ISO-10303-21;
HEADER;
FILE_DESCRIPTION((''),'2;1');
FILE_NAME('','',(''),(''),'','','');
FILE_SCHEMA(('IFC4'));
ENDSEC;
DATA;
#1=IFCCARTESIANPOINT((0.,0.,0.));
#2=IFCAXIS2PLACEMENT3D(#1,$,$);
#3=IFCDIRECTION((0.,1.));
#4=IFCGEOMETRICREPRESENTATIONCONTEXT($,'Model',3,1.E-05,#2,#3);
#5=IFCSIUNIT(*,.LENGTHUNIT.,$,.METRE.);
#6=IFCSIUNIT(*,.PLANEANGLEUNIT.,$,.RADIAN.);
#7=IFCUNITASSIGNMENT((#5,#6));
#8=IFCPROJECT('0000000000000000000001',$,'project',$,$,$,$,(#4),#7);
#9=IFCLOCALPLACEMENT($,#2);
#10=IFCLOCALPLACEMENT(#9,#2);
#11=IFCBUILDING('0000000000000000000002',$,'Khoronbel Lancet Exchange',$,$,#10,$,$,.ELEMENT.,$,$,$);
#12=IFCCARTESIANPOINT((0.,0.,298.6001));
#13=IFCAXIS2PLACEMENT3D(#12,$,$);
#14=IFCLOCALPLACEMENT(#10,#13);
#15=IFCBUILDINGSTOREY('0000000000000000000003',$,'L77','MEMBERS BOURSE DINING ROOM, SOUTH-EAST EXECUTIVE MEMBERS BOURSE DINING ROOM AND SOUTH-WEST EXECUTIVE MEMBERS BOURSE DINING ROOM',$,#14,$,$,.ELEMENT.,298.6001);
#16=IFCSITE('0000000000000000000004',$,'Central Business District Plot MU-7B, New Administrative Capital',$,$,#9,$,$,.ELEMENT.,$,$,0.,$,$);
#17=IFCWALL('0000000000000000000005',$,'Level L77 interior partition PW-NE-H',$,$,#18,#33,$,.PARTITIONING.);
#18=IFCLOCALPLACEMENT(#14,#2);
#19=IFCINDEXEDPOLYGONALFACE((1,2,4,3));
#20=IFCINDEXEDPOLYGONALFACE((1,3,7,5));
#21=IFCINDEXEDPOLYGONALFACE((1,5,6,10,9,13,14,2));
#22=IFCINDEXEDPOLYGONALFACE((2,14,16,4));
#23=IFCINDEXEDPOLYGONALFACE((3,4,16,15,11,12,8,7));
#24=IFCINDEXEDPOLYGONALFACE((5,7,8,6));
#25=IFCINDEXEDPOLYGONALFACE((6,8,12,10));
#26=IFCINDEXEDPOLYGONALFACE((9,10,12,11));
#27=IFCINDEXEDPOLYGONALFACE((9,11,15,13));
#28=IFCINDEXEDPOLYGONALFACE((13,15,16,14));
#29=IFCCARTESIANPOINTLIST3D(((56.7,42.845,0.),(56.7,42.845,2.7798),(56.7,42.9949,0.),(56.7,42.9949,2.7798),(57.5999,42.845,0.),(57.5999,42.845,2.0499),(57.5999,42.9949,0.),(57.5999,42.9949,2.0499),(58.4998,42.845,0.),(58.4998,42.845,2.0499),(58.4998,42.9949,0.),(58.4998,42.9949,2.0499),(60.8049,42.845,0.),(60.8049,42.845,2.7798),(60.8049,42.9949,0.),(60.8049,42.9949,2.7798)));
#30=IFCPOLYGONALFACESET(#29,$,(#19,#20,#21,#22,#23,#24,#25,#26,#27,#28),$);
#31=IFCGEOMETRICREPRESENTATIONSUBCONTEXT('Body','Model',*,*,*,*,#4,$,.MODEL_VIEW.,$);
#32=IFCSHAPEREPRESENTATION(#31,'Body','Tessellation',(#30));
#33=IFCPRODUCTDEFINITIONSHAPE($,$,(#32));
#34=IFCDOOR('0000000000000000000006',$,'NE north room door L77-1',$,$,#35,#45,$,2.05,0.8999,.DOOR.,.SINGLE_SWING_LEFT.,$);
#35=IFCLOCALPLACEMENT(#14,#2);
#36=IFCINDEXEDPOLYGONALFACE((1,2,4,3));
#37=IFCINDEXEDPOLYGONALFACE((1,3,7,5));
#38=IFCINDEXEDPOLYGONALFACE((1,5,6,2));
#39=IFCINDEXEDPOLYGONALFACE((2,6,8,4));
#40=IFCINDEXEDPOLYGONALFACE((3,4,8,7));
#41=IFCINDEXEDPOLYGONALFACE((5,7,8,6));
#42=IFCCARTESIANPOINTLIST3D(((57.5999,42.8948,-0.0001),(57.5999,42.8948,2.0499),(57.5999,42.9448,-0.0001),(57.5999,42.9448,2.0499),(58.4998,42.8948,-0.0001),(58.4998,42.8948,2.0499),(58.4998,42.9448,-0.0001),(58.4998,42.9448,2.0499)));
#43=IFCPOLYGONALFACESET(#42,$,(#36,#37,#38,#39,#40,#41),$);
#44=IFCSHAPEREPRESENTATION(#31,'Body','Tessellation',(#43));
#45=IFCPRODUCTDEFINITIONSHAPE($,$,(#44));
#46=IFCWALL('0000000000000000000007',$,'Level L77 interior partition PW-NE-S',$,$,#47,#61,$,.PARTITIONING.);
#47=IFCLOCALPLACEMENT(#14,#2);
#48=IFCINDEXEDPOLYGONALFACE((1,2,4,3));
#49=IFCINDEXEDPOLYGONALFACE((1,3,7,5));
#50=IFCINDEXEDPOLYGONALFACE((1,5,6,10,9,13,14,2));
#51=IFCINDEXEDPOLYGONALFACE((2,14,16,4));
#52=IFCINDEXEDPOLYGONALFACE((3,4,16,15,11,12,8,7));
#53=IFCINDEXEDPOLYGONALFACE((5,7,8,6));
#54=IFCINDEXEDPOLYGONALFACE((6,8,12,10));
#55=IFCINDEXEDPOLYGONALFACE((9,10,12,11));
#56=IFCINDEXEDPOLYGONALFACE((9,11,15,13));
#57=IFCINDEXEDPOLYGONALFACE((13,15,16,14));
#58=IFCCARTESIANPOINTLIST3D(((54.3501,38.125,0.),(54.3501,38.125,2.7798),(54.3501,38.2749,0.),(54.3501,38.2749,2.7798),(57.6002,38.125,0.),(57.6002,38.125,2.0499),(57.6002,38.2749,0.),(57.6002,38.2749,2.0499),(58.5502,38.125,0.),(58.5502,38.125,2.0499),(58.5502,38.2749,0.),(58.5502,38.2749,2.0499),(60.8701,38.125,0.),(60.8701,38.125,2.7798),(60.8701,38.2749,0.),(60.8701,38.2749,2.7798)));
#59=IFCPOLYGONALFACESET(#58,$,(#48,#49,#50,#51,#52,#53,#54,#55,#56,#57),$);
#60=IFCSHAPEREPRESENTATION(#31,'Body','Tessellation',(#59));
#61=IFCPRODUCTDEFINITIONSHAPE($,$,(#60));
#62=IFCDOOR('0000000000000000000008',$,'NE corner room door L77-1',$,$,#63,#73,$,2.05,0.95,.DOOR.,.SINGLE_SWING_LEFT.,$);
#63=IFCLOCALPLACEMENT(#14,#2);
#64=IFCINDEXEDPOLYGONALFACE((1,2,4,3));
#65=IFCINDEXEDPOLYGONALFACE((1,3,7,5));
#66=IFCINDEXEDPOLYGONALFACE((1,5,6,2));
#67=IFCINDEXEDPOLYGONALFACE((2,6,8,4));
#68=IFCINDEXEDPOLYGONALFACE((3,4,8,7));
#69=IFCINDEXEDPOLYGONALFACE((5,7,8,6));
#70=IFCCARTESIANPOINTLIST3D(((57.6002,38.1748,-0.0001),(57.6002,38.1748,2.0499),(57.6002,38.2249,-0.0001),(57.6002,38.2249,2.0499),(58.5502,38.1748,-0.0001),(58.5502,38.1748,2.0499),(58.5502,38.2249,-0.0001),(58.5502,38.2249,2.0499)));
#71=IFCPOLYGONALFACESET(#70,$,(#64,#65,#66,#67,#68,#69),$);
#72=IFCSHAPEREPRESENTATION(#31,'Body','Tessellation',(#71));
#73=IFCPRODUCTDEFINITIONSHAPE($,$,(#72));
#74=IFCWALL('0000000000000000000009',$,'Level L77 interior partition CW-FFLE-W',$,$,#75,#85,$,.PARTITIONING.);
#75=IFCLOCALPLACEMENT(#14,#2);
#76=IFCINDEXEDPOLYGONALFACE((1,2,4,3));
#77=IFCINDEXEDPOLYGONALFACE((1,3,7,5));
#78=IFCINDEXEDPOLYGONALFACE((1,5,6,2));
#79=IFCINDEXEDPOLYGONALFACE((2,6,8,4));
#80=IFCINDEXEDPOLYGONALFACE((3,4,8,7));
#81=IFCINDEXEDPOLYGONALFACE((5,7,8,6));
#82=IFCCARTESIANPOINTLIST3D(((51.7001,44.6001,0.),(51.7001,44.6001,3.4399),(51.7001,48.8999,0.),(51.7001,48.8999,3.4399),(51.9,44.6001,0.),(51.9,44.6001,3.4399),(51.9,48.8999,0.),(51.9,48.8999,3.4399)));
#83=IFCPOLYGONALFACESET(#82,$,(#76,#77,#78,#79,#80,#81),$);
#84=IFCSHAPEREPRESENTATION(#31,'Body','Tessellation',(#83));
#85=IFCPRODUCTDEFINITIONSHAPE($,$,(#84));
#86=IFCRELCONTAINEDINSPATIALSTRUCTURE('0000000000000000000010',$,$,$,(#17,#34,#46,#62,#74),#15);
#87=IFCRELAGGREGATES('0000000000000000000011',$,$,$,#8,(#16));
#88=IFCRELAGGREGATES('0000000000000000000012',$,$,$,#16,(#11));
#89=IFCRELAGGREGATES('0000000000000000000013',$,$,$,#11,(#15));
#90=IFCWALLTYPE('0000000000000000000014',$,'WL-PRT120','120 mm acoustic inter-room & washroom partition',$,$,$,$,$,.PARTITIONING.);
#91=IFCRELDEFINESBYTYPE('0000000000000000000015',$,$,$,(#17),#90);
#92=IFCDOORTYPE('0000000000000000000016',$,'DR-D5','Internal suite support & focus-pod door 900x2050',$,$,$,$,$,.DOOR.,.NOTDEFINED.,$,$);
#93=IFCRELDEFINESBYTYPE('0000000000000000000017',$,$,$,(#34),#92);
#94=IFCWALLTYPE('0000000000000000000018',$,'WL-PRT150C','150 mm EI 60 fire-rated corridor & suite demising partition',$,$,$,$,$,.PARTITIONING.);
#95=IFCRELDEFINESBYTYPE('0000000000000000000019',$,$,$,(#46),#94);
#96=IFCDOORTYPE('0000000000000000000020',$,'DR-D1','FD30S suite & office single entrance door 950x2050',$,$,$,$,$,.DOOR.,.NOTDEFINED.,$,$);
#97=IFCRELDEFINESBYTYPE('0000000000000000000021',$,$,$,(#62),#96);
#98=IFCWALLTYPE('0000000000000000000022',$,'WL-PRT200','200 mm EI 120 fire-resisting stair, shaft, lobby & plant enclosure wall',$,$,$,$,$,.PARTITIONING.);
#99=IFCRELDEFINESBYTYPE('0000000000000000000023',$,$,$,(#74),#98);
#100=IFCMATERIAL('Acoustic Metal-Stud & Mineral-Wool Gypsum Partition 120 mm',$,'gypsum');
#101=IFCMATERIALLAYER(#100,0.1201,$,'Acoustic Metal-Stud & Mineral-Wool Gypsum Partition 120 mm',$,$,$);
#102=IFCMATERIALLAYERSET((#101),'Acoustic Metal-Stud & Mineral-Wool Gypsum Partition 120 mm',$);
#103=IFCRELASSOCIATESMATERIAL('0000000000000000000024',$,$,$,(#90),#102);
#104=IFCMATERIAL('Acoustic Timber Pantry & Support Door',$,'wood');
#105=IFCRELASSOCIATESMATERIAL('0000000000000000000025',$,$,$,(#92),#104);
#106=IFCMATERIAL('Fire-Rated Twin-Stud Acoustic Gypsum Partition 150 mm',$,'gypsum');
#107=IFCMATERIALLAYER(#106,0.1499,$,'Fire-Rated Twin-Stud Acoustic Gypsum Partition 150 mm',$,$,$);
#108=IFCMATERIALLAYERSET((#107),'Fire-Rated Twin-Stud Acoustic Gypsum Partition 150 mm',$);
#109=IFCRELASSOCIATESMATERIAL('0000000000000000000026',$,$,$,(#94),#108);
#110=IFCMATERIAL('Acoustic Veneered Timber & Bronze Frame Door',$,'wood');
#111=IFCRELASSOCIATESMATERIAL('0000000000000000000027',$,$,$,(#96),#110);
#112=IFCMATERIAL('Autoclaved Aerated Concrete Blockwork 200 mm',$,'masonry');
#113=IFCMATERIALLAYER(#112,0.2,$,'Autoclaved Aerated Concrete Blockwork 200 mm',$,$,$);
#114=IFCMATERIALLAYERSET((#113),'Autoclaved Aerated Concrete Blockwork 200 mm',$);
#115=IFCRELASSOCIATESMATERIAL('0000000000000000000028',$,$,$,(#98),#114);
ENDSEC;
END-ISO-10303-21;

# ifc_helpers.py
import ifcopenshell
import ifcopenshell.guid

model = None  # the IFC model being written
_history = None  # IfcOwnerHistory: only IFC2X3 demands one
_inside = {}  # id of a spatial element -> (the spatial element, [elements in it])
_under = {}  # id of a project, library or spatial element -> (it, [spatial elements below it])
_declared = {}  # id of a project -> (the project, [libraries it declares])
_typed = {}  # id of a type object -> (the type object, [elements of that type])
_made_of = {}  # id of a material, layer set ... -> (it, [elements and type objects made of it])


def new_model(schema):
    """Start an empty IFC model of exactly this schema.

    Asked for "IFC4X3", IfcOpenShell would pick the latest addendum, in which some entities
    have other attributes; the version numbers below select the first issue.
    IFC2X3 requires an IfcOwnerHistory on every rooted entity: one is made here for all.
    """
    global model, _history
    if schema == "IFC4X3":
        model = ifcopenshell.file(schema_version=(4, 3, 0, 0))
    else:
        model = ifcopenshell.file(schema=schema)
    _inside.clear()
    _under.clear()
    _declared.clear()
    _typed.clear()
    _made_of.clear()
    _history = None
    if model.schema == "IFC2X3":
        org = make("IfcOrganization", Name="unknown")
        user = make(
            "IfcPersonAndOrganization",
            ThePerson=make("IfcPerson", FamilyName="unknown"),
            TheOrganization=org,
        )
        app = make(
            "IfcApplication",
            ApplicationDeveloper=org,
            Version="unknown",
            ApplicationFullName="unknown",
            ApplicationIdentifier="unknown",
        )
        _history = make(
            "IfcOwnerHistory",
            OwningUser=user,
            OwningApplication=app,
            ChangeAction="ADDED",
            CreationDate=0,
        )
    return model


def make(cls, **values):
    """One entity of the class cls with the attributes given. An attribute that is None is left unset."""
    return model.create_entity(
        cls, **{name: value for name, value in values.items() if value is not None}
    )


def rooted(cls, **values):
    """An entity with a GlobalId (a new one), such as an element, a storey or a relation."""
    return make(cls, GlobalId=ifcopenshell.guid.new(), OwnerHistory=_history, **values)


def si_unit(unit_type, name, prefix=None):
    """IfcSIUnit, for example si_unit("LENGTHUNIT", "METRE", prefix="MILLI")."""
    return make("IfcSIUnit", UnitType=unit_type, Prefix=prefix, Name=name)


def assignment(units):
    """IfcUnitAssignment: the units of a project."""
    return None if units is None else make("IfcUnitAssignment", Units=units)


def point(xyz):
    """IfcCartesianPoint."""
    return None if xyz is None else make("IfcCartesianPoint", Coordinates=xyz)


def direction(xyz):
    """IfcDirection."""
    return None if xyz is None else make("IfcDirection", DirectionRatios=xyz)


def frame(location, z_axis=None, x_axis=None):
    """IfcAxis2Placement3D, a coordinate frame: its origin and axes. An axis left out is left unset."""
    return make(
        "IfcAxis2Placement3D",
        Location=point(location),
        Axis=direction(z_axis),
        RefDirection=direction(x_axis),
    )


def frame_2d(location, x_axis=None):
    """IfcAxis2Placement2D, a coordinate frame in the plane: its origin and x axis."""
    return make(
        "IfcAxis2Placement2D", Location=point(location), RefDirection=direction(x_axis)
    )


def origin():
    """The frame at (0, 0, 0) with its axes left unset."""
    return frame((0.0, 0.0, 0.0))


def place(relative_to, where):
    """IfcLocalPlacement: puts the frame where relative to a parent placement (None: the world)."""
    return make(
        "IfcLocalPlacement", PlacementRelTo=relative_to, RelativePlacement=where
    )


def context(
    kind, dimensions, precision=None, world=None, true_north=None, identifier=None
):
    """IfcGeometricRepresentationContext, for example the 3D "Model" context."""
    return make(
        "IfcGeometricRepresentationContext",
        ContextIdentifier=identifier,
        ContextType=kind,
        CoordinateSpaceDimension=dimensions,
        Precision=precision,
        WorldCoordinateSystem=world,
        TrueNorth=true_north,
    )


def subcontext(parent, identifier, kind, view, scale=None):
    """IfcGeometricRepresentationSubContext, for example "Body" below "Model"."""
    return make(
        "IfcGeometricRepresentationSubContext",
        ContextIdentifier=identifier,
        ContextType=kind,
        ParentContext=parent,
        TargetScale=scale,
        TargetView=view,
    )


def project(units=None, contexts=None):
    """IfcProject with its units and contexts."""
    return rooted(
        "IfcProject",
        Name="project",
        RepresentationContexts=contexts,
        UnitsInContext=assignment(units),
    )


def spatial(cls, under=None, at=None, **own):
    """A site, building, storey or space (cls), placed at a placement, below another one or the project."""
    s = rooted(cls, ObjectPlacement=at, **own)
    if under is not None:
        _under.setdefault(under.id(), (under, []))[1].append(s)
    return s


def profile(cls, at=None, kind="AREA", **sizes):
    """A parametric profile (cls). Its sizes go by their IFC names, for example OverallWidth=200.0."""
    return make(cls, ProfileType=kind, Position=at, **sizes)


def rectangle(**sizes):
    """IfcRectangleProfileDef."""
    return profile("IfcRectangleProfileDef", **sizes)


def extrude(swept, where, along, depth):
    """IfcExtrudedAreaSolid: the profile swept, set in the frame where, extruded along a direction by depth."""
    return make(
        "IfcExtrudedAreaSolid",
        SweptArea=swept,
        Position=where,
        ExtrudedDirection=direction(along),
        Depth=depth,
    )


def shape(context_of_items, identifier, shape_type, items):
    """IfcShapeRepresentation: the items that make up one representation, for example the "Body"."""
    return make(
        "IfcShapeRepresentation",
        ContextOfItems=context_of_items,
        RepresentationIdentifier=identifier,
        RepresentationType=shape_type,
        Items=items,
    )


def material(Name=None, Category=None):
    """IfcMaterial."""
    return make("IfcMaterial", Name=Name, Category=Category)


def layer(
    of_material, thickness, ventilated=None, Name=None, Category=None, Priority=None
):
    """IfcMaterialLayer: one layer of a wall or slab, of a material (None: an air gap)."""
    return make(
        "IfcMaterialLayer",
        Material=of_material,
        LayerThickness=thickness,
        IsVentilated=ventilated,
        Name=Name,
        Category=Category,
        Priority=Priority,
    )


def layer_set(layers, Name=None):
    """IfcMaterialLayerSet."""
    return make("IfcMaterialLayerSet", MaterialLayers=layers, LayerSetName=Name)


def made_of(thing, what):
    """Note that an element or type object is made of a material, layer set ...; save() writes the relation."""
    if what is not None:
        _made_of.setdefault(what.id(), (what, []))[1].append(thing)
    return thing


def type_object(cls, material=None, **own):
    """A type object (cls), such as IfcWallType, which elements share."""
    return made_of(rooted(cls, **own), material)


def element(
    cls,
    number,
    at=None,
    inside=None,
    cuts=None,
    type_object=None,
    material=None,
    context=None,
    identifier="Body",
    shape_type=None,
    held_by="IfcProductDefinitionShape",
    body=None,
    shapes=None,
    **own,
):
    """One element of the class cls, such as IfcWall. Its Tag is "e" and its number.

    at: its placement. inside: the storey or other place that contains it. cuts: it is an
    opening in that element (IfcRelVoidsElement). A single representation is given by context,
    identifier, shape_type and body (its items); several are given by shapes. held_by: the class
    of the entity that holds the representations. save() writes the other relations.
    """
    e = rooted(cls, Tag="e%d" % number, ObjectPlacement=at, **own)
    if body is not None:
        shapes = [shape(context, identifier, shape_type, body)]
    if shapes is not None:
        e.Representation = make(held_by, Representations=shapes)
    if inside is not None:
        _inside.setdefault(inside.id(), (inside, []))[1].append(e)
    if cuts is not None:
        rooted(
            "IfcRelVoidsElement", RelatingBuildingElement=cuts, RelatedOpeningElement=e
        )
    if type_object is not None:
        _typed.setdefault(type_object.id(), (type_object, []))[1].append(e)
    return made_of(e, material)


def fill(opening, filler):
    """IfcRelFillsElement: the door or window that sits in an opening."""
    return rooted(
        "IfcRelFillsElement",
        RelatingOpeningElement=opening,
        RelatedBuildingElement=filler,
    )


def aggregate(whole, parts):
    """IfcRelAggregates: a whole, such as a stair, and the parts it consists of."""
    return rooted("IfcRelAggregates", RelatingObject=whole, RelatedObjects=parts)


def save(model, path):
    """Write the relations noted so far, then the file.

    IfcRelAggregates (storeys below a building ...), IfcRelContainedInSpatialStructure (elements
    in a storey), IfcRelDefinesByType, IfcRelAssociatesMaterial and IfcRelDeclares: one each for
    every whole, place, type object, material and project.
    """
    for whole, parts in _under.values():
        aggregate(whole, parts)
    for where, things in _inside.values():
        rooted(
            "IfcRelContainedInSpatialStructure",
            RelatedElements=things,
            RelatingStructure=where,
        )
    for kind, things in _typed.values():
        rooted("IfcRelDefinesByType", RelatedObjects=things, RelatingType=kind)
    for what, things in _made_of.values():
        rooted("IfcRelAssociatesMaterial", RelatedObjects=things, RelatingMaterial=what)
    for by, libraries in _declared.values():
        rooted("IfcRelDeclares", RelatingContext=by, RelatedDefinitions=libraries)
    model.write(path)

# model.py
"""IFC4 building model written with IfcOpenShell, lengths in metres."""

from ifc_helpers import new_model, si_unit, direction, frame, frame_2d, origin, place, context, subcontext, project, spatial, rectangle, extrude, material, layer, layer_set, type_object, element, fill, save


model = new_model("IFC4")

# Units and contexts
model_context = context("Model", 3, precision=1e-05, world=origin(), true_north=direction((0.0, 1.0)))
body_context = subcontext(model_context, "Body", "Model", "MODEL_VIEW")
ifc_project = project(units=[si_unit("LENGTHUNIT", "METRE"), si_unit("PLANEANGLEUNIT", "RADIAN")], contexts=[model_context])

# Site, building, storey
site_placement = place(None, origin())
site = spatial("IfcSite", under=ifc_project, at=site_placement, Name="Central Business District Plot MU-7B, New Administrative Capital", CompositionType="ELEMENT", RefElevation=0.0)
building_placement = place(site_placement, origin())
building = spatial("IfcBuilding", under=site, at=building_placement, Name="Khoronbel Lancet Exchange", CompositionType="ELEMENT")
storey_placement = place(building_placement, frame((0.0, 0.0, 298.6001)))
storey = spatial("IfcBuildingStorey", under=building, at=storey_placement, Name="L77", Description="MEMBERS BOURSE DINING ROOM, SOUTH-EAST EXECUTIVE MEMBERS BOURSE DINING ROOM AND SOUTH-WEST EXECUTIVE MEMBERS BOURSE DINING ROOM", CompositionType="ELEMENT", Elevation=298.6001)

# Shared definitions
ifc_material_1 = material(Name="Acoustic Metal-Stud & Mineral-Wool Gypsum Partition 120 mm", Category="gypsum")
ifc_layer_1 = layer(ifc_material_1, 0.1201, Name="Acoustic Metal-Stud & Mineral-Wool Gypsum Partition 120 mm")
ifc_layer_set_1 = layer_set([ifc_layer_1], Name="Acoustic Metal-Stud & Mineral-Wool Gypsum Partition 120 mm")
wall_type_1 = type_object("IfcWallType", Name="WL-PRT120", Description="120 mm acoustic inter-room & washroom partition", PredefinedType="PARTITIONING", material=ifc_layer_set_1)

# Walls, openings, doors
wall_1_placement = place(storey_placement, frame((56.7, 42.9199, 0.0), z_axis=(0.0, 0.0, 1.0), x_axis=(1.0, 0.0, 0.0)))
wall_1 = element("IfcWall", 1, at=wall_1_placement, inside=storey, type_object=wall_type_1, Name="Level L77 interior partition PW-NE-H", PredefinedType="PARTITIONING", context=body_context, shape_type="SweptSolid", body=[
    extrude(rectangle(XDim=4.105, YDim=0.1499, at=frame_2d((2.0525, 0.0))), origin(), (0.0, 0.0, 1.0), 2.7798),
])
opening_1_placement = place(wall_1_placement, frame((0.8999, 0.0, 0.0)))
opening_1 = element("IfcOpeningElement", 2, at=opening_1_placement, cuts=wall_1, PredefinedType="OPENING", context=body_context, shape_type="SweptSolid", body=[
    extrude(rectangle(XDim=0.8999, YDim=2.05, at=frame_2d((0.45, 1.0249))), frame((0.0, 0.085, 0.0), z_axis=(0.0, -1.0, 0.0), x_axis=(1.0, 0.0, 0.0)), (0.0, 0.0, 1.0), 0.1699),
])
ifc_material_2 = material(Name="Acoustic Timber Pantry & Support Door", Category="wood")
door_type_1 = type_object("IfcDoorType", Name="DR-D5", Description="Internal suite support & focus-pod door 900x2050", OperationType="NOTDEFINED", PredefinedType="DOOR", material=ifc_material_2)
door_1_placement = place(opening_1_placement, origin())
door_1 = element("IfcDoor", 3, at=door_1_placement, inside=storey, type_object=door_type_1, Name="NE north room door L77-1", OperationType="SINGLE_SWING_LEFT", OverallHeight=2.05, OverallWidth=0.8999, PredefinedType="DOOR", context=body_context, shape_type="SweptSolid", body=[
    extrude(rectangle(XDim=0.8999, YDim=2.05, at=frame_2d((0.45, 1.0249))), frame((0.0, 0.0249, 0.0), z_axis=(0.0, -1.0, 0.0), x_axis=(1.0, 0.0, 0.0)), (0.0, 0.0, 1.0), 0.05),
])
fill(opening_1, door_1)
ifc_material_3 = material(Name="Fire-Rated Twin-Stud Acoustic Gypsum Partition 150 mm", Category="gypsum")
ifc_layer_2 = layer(ifc_material_3, 0.1499, Name="Fire-Rated Twin-Stud Acoustic Gypsum Partition 150 mm")
ifc_layer_set_2 = layer_set([ifc_layer_2], Name="Fire-Rated Twin-Stud Acoustic Gypsum Partition 150 mm")
wall_type_2 = type_object("IfcWallType", Name="WL-PRT150C", Description="150 mm EI 60 fire-rated corridor & suite demising partition", PredefinedType="PARTITIONING", material=ifc_layer_set_2)
wall_2_placement = place(storey_placement, frame((54.3501, 38.2, 0.0), z_axis=(0.0, 0.0, 1.0), x_axis=(1.0, 0.0, 0.0)))
wall_2 = element("IfcWall", 4, at=wall_2_placement, inside=storey, type_object=wall_type_2, Name="Level L77 interior partition PW-NE-S", PredefinedType="PARTITIONING", context=body_context, shape_type="SweptSolid", body=[
    extrude(rectangle(XDim=6.52, YDim=0.1499, at=frame_2d((3.26, 0.0))), origin(), (0.0, 0.0, 1.0), 2.7798),
])
opening_2_placement = place(wall_2_placement, frame((3.25, 0.0, 0.0)))
opening_2 = element("IfcOpeningElement", 5, at=opening_2_placement, cuts=wall_2, PredefinedType="OPENING", context=body_context, shape_type="SweptSolid", body=[
    extrude(rectangle(XDim=0.95, YDim=2.05, at=frame_2d((0.4751, 1.0249))), frame((0.0, 0.085, 0.0), z_axis=(0.0, -1.0, 0.0), x_axis=(1.0, 0.0, 0.0)), (0.0, 0.0, 1.0), 0.1699),
])
ifc_material_4 = material(Name="Acoustic Veneered Timber & Bronze Frame Door", Category="wood")
door_type_2 = type_object("IfcDoorType", Name="DR-D1", Description="FD30S suite & office single entrance door 950x2050", OperationType="NOTDEFINED", PredefinedType="DOOR", material=ifc_material_4)
door_2_placement = place(opening_2_placement, origin())
door_2 = element("IfcDoor", 6, at=door_2_placement, inside=storey, type_object=door_type_2, Name="NE corner room door L77-1", OperationType="SINGLE_SWING_LEFT", OverallHeight=2.05, OverallWidth=0.95, PredefinedType="DOOR", context=body_context, shape_type="SweptSolid", body=[
    extrude(rectangle(XDim=0.95, YDim=2.05, at=frame_2d((0.4751, 1.0249))), frame((0.0, 0.0249, 0.0), z_axis=(0.0, -1.0, 0.0), x_axis=(1.0, 0.0, 0.0)), (0.0, 0.0, 1.0), 0.05),
])
fill(opening_2, door_2)

# Wall
ifc_material_5 = material(Name="Autoclaved Aerated Concrete Blockwork 200 mm", Category="masonry")
ifc_layer_3 = layer(ifc_material_5, 0.2, Name="Autoclaved Aerated Concrete Blockwork 200 mm")
ifc_layer_set_3 = layer_set([ifc_layer_3], Name="Autoclaved Aerated Concrete Blockwork 200 mm")
wall_type_3 = type_object("IfcWallType", Name="WL-PRT200", Description="200 mm EI 120 fire-resisting stair, shaft, lobby & plant enclosure wall", PredefinedType="PARTITIONING", material=ifc_layer_set_3)
wall_3_placement = place(storey_placement, frame((51.8, 44.6001, 0.0), z_axis=(0.0, 0.0, 1.0), x_axis=(0.0, 1.0, 0.0)))
element("IfcWall", 7, at=wall_3_placement, inside=storey, type_object=wall_type_3, Name="Level L77 interior partition CW-FFLE-W", PredefinedType="PARTITIONING", context=body_context, shape_type="SweptSolid", body=[
    extrude(rectangle(XDim=4.2998, YDim=0.2, at=frame_2d((2.1499, 0.0))), origin(), (0.0, 0.0, 1.0), 3.4399),
])

save(model, "model.ifc")
